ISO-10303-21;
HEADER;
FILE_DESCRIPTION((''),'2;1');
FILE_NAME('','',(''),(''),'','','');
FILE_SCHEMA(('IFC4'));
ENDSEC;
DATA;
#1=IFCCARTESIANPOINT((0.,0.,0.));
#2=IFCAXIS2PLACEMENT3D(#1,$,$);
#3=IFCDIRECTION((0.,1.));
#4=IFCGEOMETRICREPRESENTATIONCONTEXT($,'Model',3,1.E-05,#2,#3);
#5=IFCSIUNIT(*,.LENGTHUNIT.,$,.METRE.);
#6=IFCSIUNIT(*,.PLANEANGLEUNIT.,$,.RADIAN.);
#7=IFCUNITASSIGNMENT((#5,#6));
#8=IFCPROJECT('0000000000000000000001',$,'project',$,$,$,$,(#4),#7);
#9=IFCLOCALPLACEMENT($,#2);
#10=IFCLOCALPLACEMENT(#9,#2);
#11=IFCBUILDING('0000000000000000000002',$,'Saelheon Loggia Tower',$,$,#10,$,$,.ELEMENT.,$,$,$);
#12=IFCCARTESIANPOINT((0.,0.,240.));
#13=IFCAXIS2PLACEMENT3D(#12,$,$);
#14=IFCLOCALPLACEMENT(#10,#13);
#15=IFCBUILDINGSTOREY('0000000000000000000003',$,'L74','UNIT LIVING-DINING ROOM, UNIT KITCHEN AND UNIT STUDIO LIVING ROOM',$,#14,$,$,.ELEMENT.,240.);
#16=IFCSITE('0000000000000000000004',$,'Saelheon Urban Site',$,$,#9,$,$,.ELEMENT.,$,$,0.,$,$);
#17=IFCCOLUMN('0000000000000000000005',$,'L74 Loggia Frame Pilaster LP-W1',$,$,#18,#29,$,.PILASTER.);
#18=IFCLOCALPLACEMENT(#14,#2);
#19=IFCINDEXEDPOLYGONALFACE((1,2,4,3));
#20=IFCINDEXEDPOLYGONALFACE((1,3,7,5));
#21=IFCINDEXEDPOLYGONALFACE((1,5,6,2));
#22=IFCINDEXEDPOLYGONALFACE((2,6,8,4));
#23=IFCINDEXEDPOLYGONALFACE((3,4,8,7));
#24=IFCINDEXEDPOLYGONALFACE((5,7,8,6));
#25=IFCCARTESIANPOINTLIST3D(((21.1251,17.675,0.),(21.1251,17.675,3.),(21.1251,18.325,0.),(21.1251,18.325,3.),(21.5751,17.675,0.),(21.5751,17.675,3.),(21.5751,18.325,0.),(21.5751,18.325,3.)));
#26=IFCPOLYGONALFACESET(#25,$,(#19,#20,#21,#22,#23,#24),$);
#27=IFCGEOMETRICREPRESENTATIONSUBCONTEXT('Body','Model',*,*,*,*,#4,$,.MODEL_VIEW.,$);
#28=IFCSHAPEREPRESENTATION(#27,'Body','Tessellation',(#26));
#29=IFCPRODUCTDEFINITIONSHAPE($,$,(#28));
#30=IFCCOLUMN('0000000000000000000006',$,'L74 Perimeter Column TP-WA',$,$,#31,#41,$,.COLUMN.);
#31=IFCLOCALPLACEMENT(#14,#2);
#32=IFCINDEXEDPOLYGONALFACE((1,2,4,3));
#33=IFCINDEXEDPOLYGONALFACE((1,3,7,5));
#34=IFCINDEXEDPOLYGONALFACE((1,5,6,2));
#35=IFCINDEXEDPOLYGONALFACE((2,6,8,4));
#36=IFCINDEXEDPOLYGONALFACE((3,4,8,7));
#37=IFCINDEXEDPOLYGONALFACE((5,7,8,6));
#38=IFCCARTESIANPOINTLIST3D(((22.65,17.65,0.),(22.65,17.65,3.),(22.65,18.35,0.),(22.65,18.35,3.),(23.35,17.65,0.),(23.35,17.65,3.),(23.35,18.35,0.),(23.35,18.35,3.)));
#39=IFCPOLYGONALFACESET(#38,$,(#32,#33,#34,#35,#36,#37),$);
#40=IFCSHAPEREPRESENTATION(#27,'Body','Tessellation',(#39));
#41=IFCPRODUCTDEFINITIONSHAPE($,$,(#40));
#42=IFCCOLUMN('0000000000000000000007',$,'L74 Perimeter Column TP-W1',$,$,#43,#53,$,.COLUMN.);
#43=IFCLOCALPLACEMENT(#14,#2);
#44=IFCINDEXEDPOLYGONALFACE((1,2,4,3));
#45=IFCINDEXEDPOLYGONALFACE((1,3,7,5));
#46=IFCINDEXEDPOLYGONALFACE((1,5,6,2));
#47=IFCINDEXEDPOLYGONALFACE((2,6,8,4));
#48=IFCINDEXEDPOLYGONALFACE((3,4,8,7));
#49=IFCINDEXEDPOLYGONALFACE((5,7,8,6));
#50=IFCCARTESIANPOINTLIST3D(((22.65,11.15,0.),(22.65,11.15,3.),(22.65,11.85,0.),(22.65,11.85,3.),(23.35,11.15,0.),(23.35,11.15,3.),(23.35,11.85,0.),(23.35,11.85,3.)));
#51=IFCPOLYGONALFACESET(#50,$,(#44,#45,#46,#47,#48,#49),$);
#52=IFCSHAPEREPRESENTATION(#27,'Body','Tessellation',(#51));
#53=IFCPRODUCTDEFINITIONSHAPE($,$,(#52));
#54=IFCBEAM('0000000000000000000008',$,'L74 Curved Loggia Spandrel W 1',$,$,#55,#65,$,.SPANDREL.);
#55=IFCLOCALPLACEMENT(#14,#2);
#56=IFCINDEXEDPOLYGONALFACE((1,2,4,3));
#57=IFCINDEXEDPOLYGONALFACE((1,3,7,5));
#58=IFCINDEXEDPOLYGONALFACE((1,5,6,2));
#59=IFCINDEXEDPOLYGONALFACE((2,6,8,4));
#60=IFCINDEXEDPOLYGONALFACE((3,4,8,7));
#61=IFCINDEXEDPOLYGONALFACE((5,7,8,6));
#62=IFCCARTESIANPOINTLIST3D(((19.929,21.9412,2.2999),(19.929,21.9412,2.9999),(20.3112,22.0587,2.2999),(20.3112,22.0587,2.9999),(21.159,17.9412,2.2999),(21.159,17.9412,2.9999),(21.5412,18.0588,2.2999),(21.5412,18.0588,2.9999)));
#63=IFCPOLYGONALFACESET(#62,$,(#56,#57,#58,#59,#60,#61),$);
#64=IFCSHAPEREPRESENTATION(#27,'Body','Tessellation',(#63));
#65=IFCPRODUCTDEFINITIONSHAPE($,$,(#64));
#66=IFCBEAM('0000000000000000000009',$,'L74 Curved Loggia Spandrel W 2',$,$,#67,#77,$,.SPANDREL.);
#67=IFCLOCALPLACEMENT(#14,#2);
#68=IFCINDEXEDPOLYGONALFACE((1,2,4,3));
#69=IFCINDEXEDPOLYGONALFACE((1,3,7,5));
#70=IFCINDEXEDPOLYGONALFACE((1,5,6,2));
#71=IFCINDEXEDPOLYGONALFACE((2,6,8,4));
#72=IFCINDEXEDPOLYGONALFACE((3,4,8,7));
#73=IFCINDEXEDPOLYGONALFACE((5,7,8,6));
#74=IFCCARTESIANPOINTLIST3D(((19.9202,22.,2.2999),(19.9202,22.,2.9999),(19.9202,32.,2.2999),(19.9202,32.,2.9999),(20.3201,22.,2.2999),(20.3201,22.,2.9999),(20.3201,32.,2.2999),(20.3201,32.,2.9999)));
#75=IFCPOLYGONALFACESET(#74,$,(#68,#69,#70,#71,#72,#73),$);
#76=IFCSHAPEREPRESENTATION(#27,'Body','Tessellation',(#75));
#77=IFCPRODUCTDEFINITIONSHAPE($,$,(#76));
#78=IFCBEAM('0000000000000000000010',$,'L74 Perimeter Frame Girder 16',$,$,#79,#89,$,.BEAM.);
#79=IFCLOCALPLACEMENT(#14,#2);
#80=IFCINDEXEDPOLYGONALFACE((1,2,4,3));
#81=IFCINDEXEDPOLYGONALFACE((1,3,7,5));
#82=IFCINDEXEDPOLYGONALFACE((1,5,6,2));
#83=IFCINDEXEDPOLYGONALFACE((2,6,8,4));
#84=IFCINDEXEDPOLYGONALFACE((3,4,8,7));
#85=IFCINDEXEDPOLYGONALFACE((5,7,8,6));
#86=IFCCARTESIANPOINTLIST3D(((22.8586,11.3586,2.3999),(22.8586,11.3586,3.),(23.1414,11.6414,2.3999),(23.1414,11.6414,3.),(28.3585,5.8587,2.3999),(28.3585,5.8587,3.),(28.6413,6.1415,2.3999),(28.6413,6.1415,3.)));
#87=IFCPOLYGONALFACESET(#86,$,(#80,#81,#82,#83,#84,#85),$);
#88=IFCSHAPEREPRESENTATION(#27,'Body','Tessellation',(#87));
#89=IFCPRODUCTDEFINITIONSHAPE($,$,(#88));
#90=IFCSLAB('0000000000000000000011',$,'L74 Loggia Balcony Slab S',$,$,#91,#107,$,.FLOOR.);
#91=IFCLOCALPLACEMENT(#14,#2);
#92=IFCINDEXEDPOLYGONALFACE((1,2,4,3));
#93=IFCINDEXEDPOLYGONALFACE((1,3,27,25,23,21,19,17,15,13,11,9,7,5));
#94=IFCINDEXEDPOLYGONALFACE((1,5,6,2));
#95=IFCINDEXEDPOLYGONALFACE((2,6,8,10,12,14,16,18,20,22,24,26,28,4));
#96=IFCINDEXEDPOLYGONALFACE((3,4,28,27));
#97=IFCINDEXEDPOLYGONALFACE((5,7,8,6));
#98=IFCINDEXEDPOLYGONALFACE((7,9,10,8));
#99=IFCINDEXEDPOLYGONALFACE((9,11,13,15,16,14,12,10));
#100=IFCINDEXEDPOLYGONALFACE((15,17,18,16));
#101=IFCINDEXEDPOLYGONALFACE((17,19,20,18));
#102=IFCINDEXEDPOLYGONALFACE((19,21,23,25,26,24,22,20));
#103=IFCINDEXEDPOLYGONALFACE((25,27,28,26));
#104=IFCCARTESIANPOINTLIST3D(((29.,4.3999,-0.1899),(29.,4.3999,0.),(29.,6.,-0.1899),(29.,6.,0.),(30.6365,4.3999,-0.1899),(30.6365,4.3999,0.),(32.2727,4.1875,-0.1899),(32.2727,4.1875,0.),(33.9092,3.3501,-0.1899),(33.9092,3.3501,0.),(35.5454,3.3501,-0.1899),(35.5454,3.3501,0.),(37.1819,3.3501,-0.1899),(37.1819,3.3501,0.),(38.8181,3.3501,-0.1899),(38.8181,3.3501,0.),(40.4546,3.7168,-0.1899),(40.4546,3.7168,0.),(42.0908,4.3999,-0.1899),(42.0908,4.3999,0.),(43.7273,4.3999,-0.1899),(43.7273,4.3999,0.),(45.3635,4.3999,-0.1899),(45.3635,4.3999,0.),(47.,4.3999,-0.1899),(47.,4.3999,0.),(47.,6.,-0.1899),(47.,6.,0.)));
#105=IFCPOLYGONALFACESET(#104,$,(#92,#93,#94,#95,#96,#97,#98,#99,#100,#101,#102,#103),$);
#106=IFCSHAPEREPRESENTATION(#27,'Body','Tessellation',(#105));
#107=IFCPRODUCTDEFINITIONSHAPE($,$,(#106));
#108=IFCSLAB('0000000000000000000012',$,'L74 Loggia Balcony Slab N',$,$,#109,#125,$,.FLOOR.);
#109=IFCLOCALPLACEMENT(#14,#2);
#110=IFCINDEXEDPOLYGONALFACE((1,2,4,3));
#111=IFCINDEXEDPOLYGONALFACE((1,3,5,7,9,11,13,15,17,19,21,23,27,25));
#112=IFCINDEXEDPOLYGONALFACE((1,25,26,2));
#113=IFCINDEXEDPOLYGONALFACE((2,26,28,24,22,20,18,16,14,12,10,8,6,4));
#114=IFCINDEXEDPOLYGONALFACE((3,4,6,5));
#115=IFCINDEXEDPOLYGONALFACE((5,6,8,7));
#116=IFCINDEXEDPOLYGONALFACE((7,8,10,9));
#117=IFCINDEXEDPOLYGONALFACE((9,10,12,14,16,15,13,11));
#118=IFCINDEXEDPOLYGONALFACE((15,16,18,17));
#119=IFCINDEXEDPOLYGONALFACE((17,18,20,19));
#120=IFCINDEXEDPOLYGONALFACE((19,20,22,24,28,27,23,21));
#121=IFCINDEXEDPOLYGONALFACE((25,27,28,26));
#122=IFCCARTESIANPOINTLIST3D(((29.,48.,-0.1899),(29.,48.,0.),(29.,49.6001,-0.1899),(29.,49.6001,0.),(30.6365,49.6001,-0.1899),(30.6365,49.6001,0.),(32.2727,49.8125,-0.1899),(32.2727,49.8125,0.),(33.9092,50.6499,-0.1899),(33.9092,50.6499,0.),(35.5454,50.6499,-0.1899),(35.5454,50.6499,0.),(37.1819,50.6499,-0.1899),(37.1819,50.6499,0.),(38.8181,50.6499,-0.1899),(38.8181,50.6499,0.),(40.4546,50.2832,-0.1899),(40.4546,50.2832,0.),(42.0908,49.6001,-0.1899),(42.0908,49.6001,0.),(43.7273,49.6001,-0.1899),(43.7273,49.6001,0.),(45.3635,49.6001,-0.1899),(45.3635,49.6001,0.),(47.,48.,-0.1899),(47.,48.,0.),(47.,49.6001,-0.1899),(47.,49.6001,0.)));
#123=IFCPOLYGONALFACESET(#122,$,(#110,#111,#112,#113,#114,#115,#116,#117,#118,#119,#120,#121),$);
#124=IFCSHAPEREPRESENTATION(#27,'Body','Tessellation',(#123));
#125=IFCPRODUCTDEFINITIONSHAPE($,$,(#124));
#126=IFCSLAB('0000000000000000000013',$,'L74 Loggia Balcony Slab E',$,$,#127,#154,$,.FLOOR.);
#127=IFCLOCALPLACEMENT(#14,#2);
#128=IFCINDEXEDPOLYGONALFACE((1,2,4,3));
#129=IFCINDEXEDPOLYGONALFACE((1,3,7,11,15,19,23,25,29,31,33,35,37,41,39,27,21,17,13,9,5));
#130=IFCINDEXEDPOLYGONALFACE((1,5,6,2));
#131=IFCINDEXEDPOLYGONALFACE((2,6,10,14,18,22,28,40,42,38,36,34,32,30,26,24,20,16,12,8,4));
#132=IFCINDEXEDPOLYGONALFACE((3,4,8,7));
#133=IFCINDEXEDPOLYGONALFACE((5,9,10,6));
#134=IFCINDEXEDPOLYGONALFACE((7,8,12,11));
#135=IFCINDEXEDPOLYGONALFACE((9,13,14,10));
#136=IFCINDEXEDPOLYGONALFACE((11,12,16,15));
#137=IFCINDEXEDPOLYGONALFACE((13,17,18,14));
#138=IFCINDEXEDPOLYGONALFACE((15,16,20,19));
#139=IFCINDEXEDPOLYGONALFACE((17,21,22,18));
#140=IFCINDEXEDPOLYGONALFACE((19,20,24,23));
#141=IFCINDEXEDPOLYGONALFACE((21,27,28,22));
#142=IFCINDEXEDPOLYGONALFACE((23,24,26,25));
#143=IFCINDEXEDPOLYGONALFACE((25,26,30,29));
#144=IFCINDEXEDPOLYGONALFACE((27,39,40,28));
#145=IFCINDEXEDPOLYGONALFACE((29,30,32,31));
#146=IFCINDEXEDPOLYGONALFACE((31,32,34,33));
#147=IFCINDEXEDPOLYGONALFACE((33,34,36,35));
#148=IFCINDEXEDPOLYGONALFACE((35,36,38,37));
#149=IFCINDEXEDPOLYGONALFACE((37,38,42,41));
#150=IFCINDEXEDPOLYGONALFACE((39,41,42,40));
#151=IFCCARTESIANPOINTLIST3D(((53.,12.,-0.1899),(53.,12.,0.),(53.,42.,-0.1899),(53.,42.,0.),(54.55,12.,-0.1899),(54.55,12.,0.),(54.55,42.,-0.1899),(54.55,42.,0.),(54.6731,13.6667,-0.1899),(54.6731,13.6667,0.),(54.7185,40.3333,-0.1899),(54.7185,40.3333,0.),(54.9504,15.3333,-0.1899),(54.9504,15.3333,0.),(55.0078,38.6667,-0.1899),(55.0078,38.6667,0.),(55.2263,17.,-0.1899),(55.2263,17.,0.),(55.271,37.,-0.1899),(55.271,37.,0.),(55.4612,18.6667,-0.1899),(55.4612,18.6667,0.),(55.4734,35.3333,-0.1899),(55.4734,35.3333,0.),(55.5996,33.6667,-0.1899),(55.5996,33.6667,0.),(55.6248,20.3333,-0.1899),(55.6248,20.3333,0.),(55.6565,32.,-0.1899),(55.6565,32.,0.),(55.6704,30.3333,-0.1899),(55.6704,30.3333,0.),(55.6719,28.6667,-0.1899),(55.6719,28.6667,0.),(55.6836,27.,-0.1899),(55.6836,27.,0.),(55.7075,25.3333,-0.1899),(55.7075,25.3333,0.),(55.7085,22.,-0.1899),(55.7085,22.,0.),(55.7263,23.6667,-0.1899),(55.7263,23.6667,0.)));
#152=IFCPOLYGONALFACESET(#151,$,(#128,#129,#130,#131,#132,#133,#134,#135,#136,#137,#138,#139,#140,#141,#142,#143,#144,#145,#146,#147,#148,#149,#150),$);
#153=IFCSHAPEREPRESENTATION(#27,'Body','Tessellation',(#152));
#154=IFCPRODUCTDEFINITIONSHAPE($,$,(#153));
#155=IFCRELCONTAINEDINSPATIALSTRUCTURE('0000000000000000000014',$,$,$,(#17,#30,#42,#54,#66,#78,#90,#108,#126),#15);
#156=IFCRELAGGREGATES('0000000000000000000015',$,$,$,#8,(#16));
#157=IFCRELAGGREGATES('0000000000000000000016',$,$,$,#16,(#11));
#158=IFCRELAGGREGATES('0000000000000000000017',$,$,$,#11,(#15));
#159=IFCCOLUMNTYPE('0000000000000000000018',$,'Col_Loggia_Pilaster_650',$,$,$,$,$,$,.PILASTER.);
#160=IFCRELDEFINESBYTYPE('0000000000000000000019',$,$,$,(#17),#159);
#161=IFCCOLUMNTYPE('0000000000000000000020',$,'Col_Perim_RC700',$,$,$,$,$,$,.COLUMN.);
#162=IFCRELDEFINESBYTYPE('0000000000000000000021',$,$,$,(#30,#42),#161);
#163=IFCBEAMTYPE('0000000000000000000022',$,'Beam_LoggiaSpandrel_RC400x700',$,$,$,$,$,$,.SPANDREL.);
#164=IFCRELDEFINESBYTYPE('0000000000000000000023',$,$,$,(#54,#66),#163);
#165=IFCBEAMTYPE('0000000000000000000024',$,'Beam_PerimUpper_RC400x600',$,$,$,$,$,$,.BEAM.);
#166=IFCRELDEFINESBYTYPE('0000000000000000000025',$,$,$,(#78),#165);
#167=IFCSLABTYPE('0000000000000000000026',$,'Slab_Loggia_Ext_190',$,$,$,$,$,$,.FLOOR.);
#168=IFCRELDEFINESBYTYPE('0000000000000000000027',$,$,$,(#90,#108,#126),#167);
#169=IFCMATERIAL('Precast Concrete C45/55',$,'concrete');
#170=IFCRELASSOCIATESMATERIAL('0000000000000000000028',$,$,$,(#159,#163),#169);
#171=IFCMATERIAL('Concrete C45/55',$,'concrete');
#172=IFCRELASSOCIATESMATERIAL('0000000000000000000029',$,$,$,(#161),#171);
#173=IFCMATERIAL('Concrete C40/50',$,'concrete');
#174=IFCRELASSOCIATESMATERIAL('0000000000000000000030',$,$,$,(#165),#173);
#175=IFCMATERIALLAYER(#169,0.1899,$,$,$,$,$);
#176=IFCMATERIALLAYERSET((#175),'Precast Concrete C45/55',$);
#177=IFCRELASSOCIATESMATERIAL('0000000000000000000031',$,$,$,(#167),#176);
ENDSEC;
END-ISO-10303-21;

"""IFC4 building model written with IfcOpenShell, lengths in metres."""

from ifc_helpers import new_model, si_unit, direction, frame, origin, origin_2d, place, context, subcontext, project, spatial, polyline, rectangle, outline, extrude, source, transform, mapped, material, layer, layer_set, material_profile, profile_set, type_object, element, save


model = new_model("IFC4")

# Units and contexts
model_context = context("Model", 3, precision=1e-05, world=origin(), true_north=direction((0.0, 1.0)))
body_context = subcontext(model_context, "Body", "Model", "MODEL_VIEW")
ifc_project = project(units=[si_unit("LENGTHUNIT", "METRE"), si_unit("PLANEANGLEUNIT", "RADIAN")], contexts=[model_context])

# Site, building, storey
site_placement = place(None, origin())
site = spatial("IfcSite", under=ifc_project, at=site_placement, Name="Saelheon Urban Site", CompositionType="ELEMENT", RefElevation=0.0)
building_placement = place(site_placement, origin())
building = spatial("IfcBuilding", under=site, at=building_placement, Name="Saelheon Loggia Tower", CompositionType="ELEMENT")
storey_placement = place(building_placement, frame((0.0, 0.0, 240.0)))
storey = spatial("IfcBuildingStorey", under=building, at=storey_placement, Name="L74", Description="UNIT LIVING-DINING ROOM, UNIT KITCHEN AND UNIT STUDIO LIVING ROOM", CompositionType="ELEMENT", Elevation=240.0)

# Columns
ifc_material_1 = material(Name="Precast Concrete C45/55", Category="concrete")
ifc_material_profile_1 = material_profile(ifc_material_1, rectangle(XDim=0.45, YDim=0.6499, at=origin_2d()), Name="RC-450x650")
ifc_profile_set_1 = profile_set([ifc_material_profile_1], Name="Precast Concrete C45/55")
column_type_1 = type_object("IfcColumnType", Name="Col_Loggia_Pilaster_650", PredefinedType="PILASTER", material=ifc_profile_set_1)
shared_shape_1 = source(origin(), body_context, "Body", "SweptSolid", [
    extrude(rectangle(XDim=0.45, YDim=0.6499, at=origin_2d()), origin(), (0.0, 0.0, 1.0), 3.0),
])
column_placement = place(storey_placement, frame((21.3501, 18.0, 0.0), z_axis=(0.0, 0.0, 1.0), x_axis=(1.0, 0.0, 0.0)))
element("IfcColumn", 1, at=column_placement, inside=storey, type_object=column_type_1, Name="L74 Loggia Frame Pilaster LP-W1", PredefinedType="PILASTER", context=body_context, shape_type="MappedRepresentation", body=[
    mapped(shared_shape_1, transform((0.0, 0.0, 0.0), scale=1.0)),
])
ifc_material_2 = material(Name="Concrete C45/55", Category="concrete")
ifc_material_profile_2 = material_profile(ifc_material_2, rectangle(XDim=0.7, YDim=0.7, at=origin_2d()), Name="RC-700x700")
ifc_profile_set_2 = profile_set([ifc_material_profile_2], Name="Concrete C45/55")
column_type_2 = type_object("IfcColumnType", Name="Col_Perim_RC700", PredefinedType="COLUMN", material=ifc_profile_set_2)
shared_shape_2 = source(origin(), body_context, "Body", "SweptSolid", [
    extrude(rectangle(XDim=0.7, YDim=0.7, at=origin_2d()), origin(), (0.0, 0.0, 1.0), 3.0),
])
for number, where, z_axis, x_axis, name in (
    (2, (23.0, 18.0, 0.0), (0.0, 0.0, 1.0), (1.0, 0.0, 0.0), "L74 Perimeter Column TP-WA"),
    (3, (23.0, 11.5, 0.0), (0.0, 0.0, 1.0), (1.0, 0.0, 0.0), "L74 Perimeter Column TP-W1"),
):
    element("IfcColumn", number, at=place(storey_placement, frame(where, z_axis=z_axis, x_axis=x_axis)), inside=storey, type_object=column_type_2, Name=name, PredefinedType="COLUMN", context=body_context, shape_type="MappedRepresentation", body=[
        mapped(shared_shape_2, transform((0.0, 0.0, 0.0), scale=1.0)),
    ])

# Beams
ifc_material_profile_3 = material_profile(ifc_material_1, rectangle(XDim=0.3999, YDim=0.7, at=origin_2d()), Name="RC-400x700")
ifc_profile_set_3 = profile_set([ifc_material_profile_3], Name="Precast Concrete C45/55")
beam_type_1 = type_object("IfcBeamType", Name="Beam_LoggiaSpandrel_RC400x700", PredefinedType="SPANDREL", material=ifc_profile_set_3)
shared_shape_3 = source(origin(), body_context, "Body", "SweptSolid", [
    extrude(rectangle(XDim=0.3999, YDim=0.7, at=origin_2d()), origin(), (0.0, 0.0, 1.0), 4.1848),
])
beam_1_placement = place(storey_placement, frame((21.3501, 18.0, 2.6499), z_axis=(-0.293914, 0.955832, 0.0), x_axis=(-0.955832, -0.293914, 0.0)))
element("IfcBeam", 4, at=beam_1_placement, inside=storey, type_object=beam_type_1, Name="L74 Curved Loggia Spandrel W 1", PredefinedType="SPANDREL", context=body_context, shape_type="MappedRepresentation", body=[
    mapped(shared_shape_3, transform((0.0, 0.0, 0.0), scale=1.0)),
])
shared_shape_4 = source(origin(), body_context, "Body", "SweptSolid", [
    extrude(rectangle(XDim=0.3999, YDim=0.7, at=origin_2d()), origin(), (0.0, 0.0, 1.0), 10.0),
])
beam_2_placement = place(storey_placement, frame((20.1201, 22.0, 2.6499), z_axis=(0.0, 1.0, 0.0), x_axis=(-1.0, 0.0, 0.0)))
element("IfcBeam", 5, at=beam_2_placement, inside=storey, type_object=beam_type_1, Name="L74 Curved Loggia Spandrel W 2", PredefinedType="SPANDREL", context=body_context, shape_type="MappedRepresentation", body=[
    mapped(shared_shape_4, transform((0.0, 0.0, 0.0), scale=1.0)),
])
ifc_material_3 = material(Name="Concrete C40/50", Category="concrete")
ifc_material_profile_4 = material_profile(ifc_material_3, rectangle(XDim=0.3999, YDim=0.6001, at=origin_2d()), Name="RC-400x600")
ifc_profile_set_4 = profile_set([ifc_material_profile_4], Name="Concrete C40/50")
beam_type_2 = type_object("IfcBeamType", Name="Beam_PerimUpper_RC400x600", PredefinedType="BEAM", material=ifc_profile_set_4)
shared_shape_5 = source(origin(), body_context, "Body", "SweptSolid", [
    extrude(rectangle(XDim=0.3999, YDim=0.6001, at=origin_2d()), origin(), (0.0, 0.0, 1.0), 7.7781),
])
beam_3_placement = place(storey_placement, frame((23.0, 11.5, 2.7), z_axis=(0.707107, -0.707107, 0.0), x_axis=(0.707107, 0.707107, 0.0)))
element("IfcBeam", 6, at=beam_3_placement, inside=storey, type_object=beam_type_2, Name="L74 Perimeter Frame Girder 16", PredefinedType="BEAM", context=body_context, shape_type="MappedRepresentation", body=[
    mapped(shared_shape_5, transform((0.0, 0.0, 0.0), scale=1.0)),
])

# Slabs
ifc_layer_1 = layer(ifc_material_1, 0.1899)
ifc_layer_set_1 = layer_set([ifc_layer_1], Name="Precast Concrete C45/55")
slab_type_1 = type_object("IfcSlabType", Name="Slab_Loggia_Ext_190", PredefinedType="FLOOR", material=ifc_layer_set_1)
slab_1_placement = place(storey_placement, frame((0.0, 0.0, -0.1899)))
element("IfcSlab", 7, at=slab_1_placement, inside=storey, type_object=slab_type_1, Name="L74 Loggia Balcony Slab S", PredefinedType="FLOOR", context=body_context, shape_type="SweptSolid", body=[
    extrude(outline(polyline([(29.0, 4.3999), (30.6365, 4.3999), (32.2727, 4.1875), (33.9092, 3.3501), (35.5454, 3.3501), (37.1819, 3.3501), (38.8181, 3.3501), (40.4546, 3.7168), (42.0908, 4.3999), (43.7273, 4.3999), (45.3635, 4.3999), (47.0, 4.3999), (47.0, 6.0), (29.0, 6.0), (29.0, 4.3999)])), origin(), (0.0, 0.0, 1.0), 0.1899),
])
slab_2_placement = place(storey_placement, frame((0.0, 0.0, -0.1899)))
element("IfcSlab", 8, at=slab_2_placement, inside=storey, type_object=slab_type_1, Name="L74 Loggia Balcony Slab N", PredefinedType="FLOOR", context=body_context, shape_type="SweptSolid", body=[
    extrude(outline(polyline([(29.0, 48.0), (47.0, 48.0), (47.0, 49.6001), (45.3635, 49.6001), (43.7273, 49.6001), (42.0908, 49.6001), (40.4546, 50.2832), (38.8181, 50.6499), (37.1819, 50.6499), (35.5454, 50.6499), (33.9092, 50.6499), (32.2727, 49.8125), (30.6365, 49.6001), (29.0, 49.6001), (29.0, 48.0)])), origin(), (0.0, 0.0, 1.0), 0.1899),
])
slab_3_placement = place(storey_placement, frame((0.0, 0.0, -0.1899)))
element("IfcSlab", 9, at=slab_3_placement, inside=storey, type_object=slab_type_1, Name="L74 Loggia Balcony Slab E", PredefinedType="FLOOR", context=body_context, shape_type="SweptSolid", body=[
    extrude(outline(polyline([(53.0, 12.0), (54.55, 12.0), (54.6731, 13.6667), (54.9504, 15.3333), (55.2263, 17.0), (55.4612, 18.6667), (55.6248, 20.3333), (55.7085, 22.0), (55.7263, 23.6667), (55.7075, 25.3333), (55.6836, 27.0), (55.6719, 28.6667), (55.6704, 30.3333), (55.6565, 32.0), (55.5996, 33.6667), (55.4734, 35.3333), (55.271, 37.0), (55.0078, 38.6667), (54.7185, 40.3333), (54.55, 42.0), (53.0, 42.0), (53.0, 12.0)])), origin(), (0.0, 0.0, 1.0), 0.1899),
])

save(model, "model.ifc")
